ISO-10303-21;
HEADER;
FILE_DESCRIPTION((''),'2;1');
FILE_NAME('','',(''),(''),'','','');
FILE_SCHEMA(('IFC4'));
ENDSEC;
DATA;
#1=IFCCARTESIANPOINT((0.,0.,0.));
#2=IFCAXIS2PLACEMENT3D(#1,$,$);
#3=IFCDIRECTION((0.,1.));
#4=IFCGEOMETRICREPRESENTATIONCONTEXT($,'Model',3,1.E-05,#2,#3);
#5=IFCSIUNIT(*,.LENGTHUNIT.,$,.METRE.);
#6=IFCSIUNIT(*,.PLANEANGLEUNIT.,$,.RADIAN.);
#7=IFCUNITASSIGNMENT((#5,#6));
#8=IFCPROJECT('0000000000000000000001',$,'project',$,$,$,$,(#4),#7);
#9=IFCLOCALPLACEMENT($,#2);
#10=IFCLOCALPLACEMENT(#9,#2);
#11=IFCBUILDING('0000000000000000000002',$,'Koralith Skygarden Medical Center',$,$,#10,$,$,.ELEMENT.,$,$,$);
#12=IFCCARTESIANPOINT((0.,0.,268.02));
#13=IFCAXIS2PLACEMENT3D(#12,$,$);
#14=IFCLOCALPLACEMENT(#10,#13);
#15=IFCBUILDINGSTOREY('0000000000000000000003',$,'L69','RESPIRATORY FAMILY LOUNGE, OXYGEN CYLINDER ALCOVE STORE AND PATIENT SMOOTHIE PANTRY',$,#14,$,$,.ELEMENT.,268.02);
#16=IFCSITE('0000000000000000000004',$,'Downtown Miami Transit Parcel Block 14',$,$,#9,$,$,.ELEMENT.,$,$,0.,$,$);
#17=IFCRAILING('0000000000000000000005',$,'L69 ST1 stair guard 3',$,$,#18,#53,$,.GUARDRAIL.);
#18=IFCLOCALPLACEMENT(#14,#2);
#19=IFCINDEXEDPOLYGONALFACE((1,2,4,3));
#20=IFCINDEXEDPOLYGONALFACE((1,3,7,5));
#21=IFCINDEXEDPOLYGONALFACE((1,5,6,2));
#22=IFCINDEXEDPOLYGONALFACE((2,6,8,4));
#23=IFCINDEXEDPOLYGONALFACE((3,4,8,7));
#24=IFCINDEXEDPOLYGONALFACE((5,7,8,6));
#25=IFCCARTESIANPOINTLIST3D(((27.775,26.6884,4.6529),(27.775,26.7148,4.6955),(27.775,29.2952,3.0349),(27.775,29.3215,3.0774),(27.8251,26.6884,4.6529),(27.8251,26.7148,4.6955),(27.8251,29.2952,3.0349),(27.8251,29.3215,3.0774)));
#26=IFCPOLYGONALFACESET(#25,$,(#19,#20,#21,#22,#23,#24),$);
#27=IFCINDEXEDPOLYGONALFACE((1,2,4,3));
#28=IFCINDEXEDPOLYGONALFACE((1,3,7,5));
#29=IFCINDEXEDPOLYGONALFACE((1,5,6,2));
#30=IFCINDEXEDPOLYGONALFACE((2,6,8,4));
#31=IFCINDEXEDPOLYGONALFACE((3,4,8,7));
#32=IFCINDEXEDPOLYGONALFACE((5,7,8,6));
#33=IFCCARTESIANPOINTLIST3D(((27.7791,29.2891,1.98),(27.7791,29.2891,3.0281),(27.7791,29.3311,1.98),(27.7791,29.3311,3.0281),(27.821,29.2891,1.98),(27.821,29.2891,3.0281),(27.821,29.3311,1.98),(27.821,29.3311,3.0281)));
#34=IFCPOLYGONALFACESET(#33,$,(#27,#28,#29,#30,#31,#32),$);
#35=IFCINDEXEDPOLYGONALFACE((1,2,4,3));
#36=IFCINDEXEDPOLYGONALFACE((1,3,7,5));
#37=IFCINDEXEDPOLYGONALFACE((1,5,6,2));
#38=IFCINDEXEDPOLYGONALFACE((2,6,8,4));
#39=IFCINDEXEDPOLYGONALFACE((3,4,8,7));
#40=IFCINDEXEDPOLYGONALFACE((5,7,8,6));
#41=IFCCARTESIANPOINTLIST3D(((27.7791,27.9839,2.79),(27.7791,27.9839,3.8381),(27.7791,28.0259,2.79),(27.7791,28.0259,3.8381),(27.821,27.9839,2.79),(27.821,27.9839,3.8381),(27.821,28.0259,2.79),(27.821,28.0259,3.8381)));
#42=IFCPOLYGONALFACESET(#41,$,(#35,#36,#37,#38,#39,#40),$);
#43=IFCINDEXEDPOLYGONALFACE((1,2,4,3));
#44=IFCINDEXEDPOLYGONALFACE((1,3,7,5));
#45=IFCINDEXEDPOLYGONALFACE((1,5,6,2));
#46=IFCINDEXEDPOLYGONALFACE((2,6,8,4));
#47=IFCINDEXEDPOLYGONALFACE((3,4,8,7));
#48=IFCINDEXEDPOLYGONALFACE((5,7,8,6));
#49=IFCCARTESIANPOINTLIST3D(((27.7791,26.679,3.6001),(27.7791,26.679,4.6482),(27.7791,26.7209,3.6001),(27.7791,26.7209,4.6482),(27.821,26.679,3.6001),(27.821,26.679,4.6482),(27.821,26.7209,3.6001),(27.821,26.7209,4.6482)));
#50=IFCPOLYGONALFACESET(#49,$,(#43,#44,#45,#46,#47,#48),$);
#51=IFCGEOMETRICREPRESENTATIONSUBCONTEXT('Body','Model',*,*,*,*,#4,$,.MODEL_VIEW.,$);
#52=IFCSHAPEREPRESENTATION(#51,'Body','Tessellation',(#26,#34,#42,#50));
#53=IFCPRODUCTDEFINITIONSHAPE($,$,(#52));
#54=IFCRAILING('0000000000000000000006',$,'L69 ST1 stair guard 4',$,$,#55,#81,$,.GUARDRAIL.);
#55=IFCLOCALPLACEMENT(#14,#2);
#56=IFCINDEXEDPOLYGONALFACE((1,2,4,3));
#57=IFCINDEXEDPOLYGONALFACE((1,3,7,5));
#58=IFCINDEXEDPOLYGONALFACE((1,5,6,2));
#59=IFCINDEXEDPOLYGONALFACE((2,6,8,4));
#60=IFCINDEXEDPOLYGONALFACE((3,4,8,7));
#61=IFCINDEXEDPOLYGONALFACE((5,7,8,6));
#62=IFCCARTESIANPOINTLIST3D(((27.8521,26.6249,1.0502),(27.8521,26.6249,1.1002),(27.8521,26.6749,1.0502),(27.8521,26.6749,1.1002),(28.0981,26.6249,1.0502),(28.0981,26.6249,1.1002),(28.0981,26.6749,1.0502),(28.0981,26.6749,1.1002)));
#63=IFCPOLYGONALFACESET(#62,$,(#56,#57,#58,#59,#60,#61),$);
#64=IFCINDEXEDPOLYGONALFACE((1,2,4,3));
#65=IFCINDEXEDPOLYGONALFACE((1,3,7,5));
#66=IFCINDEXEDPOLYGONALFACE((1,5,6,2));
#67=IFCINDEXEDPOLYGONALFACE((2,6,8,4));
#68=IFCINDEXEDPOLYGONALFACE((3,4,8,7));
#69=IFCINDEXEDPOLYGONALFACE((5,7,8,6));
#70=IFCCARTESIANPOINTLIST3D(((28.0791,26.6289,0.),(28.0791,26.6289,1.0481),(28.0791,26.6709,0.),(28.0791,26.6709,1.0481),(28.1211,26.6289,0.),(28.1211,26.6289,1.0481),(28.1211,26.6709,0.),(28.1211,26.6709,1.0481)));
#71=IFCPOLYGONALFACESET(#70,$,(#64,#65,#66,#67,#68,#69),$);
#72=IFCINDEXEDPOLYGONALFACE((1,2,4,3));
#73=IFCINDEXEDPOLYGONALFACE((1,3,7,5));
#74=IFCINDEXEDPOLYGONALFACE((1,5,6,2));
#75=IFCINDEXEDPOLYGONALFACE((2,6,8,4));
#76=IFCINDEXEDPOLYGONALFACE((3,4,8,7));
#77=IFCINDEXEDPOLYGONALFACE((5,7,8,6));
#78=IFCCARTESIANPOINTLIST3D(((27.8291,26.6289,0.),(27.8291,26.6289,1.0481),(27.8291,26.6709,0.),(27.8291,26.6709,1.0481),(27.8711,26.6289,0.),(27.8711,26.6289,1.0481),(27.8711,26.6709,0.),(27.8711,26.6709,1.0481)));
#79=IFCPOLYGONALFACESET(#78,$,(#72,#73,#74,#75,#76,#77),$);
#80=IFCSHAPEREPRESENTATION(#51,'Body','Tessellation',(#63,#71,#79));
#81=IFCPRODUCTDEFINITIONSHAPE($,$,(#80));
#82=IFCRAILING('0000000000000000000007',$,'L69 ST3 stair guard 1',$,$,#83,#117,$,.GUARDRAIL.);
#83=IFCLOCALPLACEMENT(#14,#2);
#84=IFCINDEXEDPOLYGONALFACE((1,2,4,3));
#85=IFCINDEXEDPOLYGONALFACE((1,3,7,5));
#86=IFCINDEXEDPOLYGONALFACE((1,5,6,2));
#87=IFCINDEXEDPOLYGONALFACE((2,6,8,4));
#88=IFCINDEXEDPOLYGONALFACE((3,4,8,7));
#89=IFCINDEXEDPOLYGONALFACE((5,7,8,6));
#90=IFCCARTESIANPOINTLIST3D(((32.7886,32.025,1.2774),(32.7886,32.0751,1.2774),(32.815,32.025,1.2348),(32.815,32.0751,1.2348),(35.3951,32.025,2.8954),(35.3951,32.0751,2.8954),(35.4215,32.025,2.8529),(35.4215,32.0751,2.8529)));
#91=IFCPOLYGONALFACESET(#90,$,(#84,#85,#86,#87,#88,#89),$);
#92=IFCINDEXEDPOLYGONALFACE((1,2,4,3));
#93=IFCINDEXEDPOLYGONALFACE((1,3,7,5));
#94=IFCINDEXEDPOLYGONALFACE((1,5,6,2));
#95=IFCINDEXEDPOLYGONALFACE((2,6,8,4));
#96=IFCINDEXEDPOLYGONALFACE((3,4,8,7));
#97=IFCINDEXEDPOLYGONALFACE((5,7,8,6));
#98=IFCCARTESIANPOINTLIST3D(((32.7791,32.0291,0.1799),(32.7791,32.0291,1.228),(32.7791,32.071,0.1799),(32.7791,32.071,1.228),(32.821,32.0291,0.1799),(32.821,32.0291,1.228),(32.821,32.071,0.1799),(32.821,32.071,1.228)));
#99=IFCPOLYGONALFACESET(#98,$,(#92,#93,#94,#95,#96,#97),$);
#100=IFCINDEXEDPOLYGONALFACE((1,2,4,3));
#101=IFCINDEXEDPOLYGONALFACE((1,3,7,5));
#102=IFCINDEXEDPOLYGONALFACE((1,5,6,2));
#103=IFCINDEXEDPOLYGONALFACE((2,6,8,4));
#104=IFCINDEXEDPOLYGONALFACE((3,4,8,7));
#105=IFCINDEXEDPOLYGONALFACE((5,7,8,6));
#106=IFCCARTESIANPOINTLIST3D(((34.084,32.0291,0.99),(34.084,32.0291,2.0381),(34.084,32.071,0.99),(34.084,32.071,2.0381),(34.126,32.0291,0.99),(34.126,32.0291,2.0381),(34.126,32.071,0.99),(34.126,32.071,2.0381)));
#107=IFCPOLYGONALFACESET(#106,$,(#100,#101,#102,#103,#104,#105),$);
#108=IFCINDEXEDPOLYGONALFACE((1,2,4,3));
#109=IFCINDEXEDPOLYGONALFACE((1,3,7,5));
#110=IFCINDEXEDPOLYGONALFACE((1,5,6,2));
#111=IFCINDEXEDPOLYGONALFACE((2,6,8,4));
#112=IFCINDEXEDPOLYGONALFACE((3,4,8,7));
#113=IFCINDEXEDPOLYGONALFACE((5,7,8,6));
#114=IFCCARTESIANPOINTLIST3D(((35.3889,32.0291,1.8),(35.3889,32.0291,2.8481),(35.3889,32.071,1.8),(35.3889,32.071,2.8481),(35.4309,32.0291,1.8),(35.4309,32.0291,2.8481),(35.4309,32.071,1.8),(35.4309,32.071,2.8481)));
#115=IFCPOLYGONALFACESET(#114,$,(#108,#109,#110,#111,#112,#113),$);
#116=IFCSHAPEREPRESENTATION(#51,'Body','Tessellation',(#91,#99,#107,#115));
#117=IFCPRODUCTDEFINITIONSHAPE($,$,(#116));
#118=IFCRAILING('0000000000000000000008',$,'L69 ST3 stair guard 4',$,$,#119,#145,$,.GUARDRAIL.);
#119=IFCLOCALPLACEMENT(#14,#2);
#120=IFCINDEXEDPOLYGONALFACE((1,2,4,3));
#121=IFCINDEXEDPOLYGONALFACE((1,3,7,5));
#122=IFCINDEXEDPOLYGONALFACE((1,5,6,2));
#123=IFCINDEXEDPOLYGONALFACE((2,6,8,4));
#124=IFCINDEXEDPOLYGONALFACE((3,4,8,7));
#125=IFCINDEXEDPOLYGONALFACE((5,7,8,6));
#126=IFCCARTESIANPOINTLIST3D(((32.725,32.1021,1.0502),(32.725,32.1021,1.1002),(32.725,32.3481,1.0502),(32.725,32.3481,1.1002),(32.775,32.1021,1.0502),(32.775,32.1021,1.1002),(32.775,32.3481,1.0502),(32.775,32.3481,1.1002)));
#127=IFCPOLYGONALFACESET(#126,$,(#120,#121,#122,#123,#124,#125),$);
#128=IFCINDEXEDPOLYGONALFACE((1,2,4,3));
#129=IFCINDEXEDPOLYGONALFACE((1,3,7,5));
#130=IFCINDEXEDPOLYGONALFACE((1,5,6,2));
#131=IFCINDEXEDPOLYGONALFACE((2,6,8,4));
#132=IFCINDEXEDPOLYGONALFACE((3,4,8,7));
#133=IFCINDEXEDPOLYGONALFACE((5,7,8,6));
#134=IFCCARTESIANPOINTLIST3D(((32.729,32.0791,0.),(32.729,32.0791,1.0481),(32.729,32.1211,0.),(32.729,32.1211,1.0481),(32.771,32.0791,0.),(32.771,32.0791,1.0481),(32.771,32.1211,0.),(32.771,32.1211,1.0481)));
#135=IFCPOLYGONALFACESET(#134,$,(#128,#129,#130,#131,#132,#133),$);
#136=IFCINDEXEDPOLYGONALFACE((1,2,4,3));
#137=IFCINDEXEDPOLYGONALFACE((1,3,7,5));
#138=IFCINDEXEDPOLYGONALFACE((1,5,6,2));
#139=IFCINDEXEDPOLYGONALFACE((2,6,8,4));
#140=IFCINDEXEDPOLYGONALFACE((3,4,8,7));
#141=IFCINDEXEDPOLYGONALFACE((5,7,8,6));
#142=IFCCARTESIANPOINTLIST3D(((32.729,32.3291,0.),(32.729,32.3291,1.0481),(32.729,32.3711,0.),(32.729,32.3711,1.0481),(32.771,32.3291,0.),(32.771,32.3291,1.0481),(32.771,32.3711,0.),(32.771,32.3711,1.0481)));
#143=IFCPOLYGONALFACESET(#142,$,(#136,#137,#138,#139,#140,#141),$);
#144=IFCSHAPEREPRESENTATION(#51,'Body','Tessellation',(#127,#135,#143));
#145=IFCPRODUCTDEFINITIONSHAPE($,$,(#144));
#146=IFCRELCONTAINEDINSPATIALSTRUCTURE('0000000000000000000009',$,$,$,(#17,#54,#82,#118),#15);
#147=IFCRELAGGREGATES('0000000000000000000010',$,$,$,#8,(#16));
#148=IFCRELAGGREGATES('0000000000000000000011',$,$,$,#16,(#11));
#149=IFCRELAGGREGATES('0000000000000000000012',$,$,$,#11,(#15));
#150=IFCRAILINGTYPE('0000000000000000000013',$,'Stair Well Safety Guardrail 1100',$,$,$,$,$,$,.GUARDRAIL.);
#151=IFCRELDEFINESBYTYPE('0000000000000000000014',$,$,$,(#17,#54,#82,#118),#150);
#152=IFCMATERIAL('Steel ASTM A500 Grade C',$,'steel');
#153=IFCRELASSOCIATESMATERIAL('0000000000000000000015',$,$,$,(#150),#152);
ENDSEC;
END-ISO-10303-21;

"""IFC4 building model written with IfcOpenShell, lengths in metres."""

from ifc_helpers import new_model, si_unit, direction, frame, origin, origin_2d, place, context, subcontext, project, spatial, rectangle, extrude, material, type_object, element, save


model = new_model("IFC4")

# Units and contexts
model_context = context("Model", 3, precision=1e-05, world=origin(), true_north=direction((0.0, 1.0)))
body_context = subcontext(model_context, "Body", "Model", "MODEL_VIEW")
ifc_project = project(units=[si_unit("LENGTHUNIT", "METRE"), si_unit("PLANEANGLEUNIT", "RADIAN")], contexts=[model_context])

# Site, building, storey
site_placement = place(None, origin())
site = spatial("IfcSite", under=ifc_project, at=site_placement, Name="Downtown Miami Transit Parcel Block 14", CompositionType="ELEMENT", RefElevation=0.0)
building_placement = place(site_placement, origin())
building = spatial("IfcBuilding", under=site, at=building_placement, Name="Koralith Skygarden Medical Center", CompositionType="ELEMENT")
storey_placement = place(building_placement, frame((0.0, 0.0, 268.02)))
storey = spatial("IfcBuildingStorey", under=building, at=storey_placement, Name="L69", Description="RESPIRATORY FAMILY LOUNGE, OXYGEN CYLINDER ALCOVE STORE AND PATIENT SMOOTHIE PANTRY", CompositionType="ELEMENT", Elevation=268.02)

# Railings
ifc_material_1 = material(Name="Steel ASTM A500 Grade C", Category="steel")
railing_type_1 = type_object("IfcRailingType", Name="Stair Well Safety Guardrail 1100", PredefinedType="GUARDRAIL", material=ifc_material_1)
railing_1_placement = place(storey_placement, frame((27.8, 29.3101, 1.98)))
element("IfcRailing", 1, at=railing_1_placement, inside=storey, type_object=railing_type_1, Name="L69 ST1 stair guard 3", PredefinedType="GUARDRAIL", context=body_context, shape_type="SweptSolid", body=[
    extrude(rectangle(XDim=0.05, YDim=0.05, at=origin_2d()), frame((0.0, -0.0017, 1.0762), z_axis=(0.0, -0.849633, 0.527375), x_axis=(1.0, 0.0, 0.0)), (0.0, 0.0, 1.0), 3.0681),
    extrude(rectangle(XDim=0.042, YDim=0.042, at=origin_2d()), origin(), (0.0, 0.0, 1.0), 1.0481),
    extrude(rectangle(XDim=0.042, YDim=0.042, at=origin_2d()), frame((0.0, -1.3052, 0.8101)), (0.0, 0.0, 1.0), 1.0481),
    extrude(rectangle(XDim=0.042, YDim=0.042, at=origin_2d()), frame((0.0, -2.6101, 1.6201)), (0.0, 0.0, 1.0), 1.0481),
])
railing_2_placement = place(storey_placement, frame((28.1001, 26.6499, 0.0)))
element("IfcRailing", 2, at=railing_2_placement, inside=storey, type_object=railing_type_1, Name="L69 ST1 stair guard 4", PredefinedType="GUARDRAIL", context=body_context, shape_type="SweptSolid", body=[
    extrude(rectangle(XDim=0.05, YDim=0.05, at=origin_2d()), frame((-0.002, 0.0, 1.0752), z_axis=(-1.0, 0.0, 0.0), x_axis=(0.0, -1.0, 0.0)), (0.0, 0.0, 1.0), 0.2461),
    extrude(rectangle(XDim=0.042, YDim=0.042, at=origin_2d()), origin(), (0.0, 0.0, 1.0), 1.0481),
    extrude(rectangle(XDim=0.042, YDim=0.042, at=origin_2d()), frame((-0.25, 0.0, 0.0)), (0.0, 0.0, 1.0), 1.0481),
])
railing_3_placement = place(storey_placement, frame((32.8, 32.05, 0.1799)))
element("IfcRailing", 3, at=railing_3_placement, inside=storey, type_object=railing_type_1, Name="L69 ST3 stair guard 1", PredefinedType="GUARDRAIL", context=body_context, shape_type="SweptSolid", body=[
    extrude(rectangle(XDim=0.05, YDim=0.05, at=origin_2d()), frame((0.0017, 0.0, 1.0762), z_axis=(0.849611, 0.0, 0.52741), x_axis=(0.0, 1.0, 0.0)), (0.0, 0.0, 1.0), 3.0679),
    extrude(rectangle(XDim=0.042, YDim=0.042, at=origin_2d()), origin(), (0.0, 0.0, 1.0), 1.0481),
    extrude(rectangle(XDim=0.042, YDim=0.042, at=origin_2d()), frame((1.3049, 0.0, 0.8101)), (0.0, 0.0, 1.0), 1.0481),
    extrude(rectangle(XDim=0.042, YDim=0.042, at=origin_2d()), frame((2.6099, 0.0, 1.6201)), (0.0, 0.0, 1.0), 1.0481),
])
railing_4_placement = place(storey_placement, frame((32.75, 32.1001, 0.0)))
element("IfcRailing", 4, at=railing_4_placement, inside=storey, type_object=railing_type_1, Name="L69 ST3 stair guard 4", PredefinedType="GUARDRAIL", context=body_context, shape_type="SweptSolid", body=[
    extrude(rectangle(XDim=0.05, YDim=0.05, at=origin_2d()), frame((0.0, 0.002, 1.0752), z_axis=(0.0, 1.0, 0.0), x_axis=(-1.0, 0.0, 0.0)), (0.0, 0.0, 1.0), 0.2461),
    extrude(rectangle(XDim=0.042, YDim=0.042, at=origin_2d()), origin(), (0.0, 0.0, 1.0), 1.0481),
    extrude(rectangle(XDim=0.042, YDim=0.042, at=origin_2d()), frame((0.0, 0.25, 0.0)), (0.0, 0.0, 1.0), 1.0481),
])

save(model, "model.ifc")
